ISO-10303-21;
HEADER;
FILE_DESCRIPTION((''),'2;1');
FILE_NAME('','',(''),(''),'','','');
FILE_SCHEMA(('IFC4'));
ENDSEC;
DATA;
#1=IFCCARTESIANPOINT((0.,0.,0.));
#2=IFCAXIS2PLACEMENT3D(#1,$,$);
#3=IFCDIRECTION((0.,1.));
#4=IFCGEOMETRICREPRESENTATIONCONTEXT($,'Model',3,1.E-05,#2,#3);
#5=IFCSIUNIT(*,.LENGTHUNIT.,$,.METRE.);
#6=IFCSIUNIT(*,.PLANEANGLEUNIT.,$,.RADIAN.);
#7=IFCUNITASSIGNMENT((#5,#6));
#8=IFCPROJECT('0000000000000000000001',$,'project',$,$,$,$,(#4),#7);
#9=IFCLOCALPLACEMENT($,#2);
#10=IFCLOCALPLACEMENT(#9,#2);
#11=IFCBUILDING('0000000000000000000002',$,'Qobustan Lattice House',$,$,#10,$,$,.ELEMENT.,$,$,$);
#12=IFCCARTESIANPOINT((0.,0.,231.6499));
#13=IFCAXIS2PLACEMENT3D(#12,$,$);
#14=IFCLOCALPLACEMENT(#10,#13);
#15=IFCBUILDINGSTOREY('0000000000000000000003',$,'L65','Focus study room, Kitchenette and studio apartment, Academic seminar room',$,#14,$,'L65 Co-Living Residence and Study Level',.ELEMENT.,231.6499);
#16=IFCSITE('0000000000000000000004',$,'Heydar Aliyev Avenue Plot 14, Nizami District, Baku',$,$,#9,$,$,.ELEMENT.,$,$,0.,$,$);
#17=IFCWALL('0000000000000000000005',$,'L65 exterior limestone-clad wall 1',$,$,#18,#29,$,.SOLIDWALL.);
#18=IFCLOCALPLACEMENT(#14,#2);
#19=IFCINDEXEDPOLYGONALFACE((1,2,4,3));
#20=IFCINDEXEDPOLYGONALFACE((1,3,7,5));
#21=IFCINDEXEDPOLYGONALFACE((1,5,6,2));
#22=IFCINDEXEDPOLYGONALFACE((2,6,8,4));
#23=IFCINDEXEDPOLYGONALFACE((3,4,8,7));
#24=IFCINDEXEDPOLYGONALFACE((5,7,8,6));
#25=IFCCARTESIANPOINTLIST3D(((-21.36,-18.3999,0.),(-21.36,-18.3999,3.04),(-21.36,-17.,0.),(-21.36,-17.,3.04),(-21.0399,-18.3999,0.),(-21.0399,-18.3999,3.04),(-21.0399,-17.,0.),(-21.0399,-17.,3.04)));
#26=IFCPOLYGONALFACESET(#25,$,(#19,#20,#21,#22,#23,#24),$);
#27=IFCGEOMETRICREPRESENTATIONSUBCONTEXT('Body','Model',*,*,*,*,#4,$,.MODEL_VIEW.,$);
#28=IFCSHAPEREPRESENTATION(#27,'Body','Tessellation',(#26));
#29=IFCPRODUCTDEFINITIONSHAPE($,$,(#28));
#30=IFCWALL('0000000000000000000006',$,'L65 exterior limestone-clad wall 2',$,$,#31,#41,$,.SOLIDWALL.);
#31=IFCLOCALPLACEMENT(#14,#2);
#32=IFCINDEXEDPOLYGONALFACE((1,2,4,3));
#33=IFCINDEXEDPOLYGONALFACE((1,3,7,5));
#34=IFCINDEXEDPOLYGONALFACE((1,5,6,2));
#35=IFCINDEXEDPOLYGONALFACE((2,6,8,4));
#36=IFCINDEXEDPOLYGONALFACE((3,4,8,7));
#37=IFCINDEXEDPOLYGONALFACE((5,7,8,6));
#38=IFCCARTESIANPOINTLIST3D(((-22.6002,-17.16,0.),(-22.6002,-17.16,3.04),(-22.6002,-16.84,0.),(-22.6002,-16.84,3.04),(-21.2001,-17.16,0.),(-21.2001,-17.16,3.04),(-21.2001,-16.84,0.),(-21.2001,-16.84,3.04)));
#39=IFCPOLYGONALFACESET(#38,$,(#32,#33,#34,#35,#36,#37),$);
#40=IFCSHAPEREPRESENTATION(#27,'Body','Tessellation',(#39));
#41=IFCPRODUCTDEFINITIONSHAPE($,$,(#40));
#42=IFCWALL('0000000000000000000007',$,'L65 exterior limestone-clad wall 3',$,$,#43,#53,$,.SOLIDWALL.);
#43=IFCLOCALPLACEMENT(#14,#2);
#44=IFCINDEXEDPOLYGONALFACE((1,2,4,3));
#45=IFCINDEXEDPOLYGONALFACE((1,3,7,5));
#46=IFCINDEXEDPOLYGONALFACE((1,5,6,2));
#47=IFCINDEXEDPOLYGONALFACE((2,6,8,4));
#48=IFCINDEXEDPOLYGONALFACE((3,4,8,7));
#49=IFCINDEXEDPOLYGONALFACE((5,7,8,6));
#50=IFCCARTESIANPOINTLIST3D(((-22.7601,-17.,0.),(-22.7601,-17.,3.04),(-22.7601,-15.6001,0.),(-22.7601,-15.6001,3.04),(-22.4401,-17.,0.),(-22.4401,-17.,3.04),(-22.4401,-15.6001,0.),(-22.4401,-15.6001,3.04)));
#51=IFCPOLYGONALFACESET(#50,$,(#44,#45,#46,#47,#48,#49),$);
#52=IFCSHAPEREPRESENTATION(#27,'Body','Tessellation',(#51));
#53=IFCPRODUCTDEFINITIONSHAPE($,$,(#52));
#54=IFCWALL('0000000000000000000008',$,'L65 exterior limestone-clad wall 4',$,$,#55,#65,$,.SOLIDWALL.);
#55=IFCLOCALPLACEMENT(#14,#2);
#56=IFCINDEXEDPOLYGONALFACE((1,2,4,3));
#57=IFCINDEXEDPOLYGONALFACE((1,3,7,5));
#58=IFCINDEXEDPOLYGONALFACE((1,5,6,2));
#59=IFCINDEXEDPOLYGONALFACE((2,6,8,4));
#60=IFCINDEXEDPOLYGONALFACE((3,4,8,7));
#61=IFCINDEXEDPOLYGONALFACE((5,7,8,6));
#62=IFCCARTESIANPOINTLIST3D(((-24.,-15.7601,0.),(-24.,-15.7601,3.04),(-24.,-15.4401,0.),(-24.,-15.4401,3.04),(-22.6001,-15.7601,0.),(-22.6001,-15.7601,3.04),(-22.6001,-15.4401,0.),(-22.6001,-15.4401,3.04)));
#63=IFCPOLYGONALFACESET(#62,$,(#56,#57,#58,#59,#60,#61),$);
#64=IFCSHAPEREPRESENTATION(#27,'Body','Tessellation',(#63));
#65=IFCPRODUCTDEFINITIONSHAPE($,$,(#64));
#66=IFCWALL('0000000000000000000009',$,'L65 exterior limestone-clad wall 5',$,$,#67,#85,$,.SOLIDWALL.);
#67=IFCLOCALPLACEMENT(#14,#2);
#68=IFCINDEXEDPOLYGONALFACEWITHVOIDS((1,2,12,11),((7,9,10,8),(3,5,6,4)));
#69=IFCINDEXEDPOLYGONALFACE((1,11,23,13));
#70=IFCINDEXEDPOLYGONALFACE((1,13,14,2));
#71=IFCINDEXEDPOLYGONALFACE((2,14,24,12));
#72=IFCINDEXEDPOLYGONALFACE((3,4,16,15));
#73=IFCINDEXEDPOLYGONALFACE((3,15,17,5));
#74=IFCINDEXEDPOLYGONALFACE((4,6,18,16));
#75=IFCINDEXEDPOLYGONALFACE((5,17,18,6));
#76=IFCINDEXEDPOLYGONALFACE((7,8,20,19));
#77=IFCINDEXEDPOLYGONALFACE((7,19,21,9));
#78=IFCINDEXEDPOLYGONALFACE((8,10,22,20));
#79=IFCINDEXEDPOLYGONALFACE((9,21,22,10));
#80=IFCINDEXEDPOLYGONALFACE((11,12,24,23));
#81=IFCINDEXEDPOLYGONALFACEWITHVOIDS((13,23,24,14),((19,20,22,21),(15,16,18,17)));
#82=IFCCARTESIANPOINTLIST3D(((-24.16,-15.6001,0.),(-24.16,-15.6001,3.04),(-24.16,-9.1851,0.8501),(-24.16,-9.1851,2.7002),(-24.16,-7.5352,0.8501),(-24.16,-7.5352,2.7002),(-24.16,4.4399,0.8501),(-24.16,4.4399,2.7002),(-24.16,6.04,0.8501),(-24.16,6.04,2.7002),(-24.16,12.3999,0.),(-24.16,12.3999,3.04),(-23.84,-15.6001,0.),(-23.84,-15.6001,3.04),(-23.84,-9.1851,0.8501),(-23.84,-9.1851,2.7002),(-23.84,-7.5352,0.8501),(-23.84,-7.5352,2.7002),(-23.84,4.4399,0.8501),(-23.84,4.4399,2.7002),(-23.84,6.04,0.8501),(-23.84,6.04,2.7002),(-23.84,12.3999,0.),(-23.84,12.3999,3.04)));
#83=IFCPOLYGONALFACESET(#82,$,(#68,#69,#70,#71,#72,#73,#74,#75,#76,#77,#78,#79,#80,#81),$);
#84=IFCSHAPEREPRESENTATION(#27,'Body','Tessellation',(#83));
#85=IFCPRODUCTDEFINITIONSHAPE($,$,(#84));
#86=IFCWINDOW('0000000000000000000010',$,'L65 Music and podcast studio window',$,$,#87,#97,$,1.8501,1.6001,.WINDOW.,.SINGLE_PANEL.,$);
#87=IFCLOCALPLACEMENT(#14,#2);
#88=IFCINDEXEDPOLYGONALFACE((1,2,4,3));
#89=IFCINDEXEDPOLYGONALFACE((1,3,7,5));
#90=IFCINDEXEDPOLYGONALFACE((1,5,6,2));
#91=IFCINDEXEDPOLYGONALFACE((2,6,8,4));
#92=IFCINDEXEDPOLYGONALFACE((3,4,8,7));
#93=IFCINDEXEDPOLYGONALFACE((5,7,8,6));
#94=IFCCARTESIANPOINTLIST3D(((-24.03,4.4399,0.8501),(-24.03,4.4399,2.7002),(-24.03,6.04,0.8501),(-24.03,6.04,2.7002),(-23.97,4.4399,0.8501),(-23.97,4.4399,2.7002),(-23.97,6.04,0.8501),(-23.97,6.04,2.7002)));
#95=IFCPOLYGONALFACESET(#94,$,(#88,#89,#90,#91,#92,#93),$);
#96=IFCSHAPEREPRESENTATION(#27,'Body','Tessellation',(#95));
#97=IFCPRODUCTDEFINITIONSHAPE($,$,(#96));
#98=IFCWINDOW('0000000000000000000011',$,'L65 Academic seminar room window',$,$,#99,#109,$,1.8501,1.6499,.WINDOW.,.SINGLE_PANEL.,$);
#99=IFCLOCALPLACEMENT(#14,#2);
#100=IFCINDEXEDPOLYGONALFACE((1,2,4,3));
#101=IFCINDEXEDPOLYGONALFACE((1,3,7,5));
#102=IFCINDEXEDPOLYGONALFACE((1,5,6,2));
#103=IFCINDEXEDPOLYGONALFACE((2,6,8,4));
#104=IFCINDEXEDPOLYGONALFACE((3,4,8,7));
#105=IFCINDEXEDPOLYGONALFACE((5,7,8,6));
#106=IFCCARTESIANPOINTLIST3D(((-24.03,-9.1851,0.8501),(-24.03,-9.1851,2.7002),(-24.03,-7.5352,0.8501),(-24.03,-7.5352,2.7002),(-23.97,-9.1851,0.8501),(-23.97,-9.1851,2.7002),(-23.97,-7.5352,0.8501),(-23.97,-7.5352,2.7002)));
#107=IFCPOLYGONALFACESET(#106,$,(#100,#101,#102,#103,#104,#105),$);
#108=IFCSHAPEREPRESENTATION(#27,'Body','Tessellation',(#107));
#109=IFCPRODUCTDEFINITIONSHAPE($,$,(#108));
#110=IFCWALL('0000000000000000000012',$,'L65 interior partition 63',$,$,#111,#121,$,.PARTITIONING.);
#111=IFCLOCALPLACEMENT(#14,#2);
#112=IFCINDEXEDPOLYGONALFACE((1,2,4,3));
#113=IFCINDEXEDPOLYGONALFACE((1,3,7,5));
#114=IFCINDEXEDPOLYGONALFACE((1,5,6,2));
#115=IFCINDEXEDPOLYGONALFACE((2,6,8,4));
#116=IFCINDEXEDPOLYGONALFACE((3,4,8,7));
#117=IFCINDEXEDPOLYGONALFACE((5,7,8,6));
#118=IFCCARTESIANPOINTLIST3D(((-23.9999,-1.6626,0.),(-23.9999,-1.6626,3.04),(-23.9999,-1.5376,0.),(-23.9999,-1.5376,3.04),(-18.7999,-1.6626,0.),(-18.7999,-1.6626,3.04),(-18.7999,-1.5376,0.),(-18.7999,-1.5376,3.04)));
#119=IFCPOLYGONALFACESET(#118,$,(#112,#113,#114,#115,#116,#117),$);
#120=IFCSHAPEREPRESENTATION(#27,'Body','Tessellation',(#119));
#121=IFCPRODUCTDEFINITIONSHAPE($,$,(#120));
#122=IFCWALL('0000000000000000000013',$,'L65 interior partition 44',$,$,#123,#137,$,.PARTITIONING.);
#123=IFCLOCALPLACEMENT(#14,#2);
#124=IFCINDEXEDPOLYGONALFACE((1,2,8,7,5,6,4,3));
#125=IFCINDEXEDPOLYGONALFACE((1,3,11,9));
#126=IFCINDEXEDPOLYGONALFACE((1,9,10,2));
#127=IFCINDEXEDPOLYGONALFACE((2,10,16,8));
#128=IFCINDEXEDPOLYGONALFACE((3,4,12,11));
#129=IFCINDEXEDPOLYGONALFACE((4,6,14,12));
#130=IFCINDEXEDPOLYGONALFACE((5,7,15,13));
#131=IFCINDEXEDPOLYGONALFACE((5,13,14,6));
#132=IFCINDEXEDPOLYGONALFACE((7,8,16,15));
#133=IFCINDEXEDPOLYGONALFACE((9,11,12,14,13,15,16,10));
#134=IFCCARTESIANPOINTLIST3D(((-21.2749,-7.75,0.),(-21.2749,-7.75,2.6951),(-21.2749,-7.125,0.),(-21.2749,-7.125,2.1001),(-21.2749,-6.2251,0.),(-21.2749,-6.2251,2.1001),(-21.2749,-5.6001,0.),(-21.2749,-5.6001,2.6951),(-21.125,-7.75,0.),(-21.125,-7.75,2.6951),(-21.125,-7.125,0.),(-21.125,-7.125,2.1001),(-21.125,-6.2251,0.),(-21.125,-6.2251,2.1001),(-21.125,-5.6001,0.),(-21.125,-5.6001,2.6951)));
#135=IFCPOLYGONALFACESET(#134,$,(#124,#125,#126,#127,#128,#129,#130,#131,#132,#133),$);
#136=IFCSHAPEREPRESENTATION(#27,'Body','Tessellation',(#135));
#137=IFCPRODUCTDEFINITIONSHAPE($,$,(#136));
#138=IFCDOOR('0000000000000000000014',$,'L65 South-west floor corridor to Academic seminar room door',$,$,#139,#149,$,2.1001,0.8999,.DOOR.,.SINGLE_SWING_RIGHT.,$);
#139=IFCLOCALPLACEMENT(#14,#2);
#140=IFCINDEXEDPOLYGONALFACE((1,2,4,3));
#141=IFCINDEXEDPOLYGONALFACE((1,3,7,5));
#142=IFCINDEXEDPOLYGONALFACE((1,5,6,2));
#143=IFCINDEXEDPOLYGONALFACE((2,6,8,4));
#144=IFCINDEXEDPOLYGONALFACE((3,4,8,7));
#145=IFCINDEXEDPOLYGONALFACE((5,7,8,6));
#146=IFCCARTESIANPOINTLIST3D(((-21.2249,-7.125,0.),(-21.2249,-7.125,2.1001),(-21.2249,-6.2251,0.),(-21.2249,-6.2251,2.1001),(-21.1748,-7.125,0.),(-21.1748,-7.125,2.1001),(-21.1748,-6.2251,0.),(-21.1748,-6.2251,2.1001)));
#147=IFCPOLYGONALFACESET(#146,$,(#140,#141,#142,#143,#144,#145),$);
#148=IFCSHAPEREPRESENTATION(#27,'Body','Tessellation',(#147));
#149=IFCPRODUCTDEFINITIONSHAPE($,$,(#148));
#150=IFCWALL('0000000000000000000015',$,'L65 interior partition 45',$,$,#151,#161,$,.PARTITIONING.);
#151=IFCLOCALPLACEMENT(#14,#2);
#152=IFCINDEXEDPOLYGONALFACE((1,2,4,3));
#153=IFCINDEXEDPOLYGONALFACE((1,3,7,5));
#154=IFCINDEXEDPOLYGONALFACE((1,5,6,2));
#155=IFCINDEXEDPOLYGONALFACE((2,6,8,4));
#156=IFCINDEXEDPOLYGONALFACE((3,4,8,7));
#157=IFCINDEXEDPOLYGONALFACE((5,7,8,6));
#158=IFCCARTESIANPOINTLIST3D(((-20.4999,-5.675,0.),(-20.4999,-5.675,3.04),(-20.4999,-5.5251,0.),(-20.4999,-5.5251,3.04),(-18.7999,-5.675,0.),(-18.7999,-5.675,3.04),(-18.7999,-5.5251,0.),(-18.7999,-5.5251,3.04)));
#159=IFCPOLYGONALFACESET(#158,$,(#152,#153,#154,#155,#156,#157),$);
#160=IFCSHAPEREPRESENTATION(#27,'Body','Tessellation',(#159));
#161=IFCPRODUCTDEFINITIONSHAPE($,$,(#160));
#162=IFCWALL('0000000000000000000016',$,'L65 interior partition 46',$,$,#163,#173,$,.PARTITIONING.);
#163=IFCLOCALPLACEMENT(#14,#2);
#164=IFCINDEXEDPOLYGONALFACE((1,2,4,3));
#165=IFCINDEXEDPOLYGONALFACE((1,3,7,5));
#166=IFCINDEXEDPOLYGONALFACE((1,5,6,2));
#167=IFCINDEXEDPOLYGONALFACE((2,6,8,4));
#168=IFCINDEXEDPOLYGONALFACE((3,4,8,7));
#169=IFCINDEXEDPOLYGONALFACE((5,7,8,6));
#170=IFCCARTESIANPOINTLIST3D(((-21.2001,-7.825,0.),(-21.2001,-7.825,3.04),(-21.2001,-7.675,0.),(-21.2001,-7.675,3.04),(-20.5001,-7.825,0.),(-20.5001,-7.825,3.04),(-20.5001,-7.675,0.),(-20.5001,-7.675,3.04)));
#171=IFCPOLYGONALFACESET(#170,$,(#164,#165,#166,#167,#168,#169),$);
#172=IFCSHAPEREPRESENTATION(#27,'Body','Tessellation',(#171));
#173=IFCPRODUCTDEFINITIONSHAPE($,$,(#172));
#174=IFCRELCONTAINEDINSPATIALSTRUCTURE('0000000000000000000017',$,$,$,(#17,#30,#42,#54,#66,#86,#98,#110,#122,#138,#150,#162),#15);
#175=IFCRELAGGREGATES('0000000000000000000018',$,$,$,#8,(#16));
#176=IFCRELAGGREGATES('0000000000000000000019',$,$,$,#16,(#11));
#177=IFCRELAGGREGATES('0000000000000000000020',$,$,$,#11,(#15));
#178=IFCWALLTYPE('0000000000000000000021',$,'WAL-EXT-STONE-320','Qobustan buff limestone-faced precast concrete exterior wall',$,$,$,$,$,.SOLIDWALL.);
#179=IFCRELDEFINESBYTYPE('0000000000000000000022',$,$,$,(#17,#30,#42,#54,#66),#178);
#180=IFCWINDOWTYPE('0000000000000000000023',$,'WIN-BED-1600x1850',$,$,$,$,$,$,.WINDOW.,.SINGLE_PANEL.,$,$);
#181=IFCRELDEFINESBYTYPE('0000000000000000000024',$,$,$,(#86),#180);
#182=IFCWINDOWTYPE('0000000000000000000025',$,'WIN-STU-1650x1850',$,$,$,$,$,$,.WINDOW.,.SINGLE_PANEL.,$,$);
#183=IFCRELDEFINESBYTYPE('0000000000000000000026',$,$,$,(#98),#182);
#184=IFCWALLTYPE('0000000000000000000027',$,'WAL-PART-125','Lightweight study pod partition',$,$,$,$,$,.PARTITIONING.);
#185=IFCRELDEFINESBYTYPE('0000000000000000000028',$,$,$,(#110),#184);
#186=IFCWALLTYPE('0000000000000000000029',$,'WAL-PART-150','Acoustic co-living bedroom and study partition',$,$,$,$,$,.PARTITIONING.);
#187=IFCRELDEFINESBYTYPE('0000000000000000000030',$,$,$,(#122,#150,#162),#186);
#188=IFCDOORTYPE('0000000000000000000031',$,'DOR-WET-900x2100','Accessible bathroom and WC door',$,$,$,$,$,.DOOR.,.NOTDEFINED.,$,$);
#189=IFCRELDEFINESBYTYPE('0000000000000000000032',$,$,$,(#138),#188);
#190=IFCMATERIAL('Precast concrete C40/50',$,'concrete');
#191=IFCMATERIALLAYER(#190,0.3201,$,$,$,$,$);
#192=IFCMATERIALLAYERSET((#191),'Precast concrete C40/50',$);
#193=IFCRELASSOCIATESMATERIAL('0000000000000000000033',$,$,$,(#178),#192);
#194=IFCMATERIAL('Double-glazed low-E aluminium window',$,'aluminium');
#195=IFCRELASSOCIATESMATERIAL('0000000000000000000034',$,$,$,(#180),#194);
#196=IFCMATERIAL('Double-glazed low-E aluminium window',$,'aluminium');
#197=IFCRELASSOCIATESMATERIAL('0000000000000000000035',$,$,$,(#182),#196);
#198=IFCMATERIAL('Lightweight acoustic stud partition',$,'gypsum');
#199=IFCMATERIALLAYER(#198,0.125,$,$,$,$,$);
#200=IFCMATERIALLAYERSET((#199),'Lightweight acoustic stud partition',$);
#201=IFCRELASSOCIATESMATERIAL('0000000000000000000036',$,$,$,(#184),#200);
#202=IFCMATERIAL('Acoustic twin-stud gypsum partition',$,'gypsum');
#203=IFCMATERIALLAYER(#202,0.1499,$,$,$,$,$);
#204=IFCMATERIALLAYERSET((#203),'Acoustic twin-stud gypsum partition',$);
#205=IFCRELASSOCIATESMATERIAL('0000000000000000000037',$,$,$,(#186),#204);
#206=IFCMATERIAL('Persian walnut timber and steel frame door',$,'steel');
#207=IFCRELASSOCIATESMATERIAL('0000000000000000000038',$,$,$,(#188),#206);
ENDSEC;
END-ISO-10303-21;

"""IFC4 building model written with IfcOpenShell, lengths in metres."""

from ifc_helpers import new_model, si_unit, direction, frame, frame_2d, origin, place, context, subcontext, project, spatial, rectangle, extrude, material, layer, layer_set, type_object, element, fill, save


model = new_model("IFC4")

# Units and contexts
model_context = context("Model", 3, precision=1e-05, world=origin(), true_north=direction((0.0, 1.0)))
body_context = subcontext(model_context, "Body", "Model", "MODEL_VIEW")
ifc_project = project(units=[si_unit("LENGTHUNIT", "METRE"), si_unit("PLANEANGLEUNIT", "RADIAN")], contexts=[model_context])

# Site, building, storey
site_placement = place(None, origin())
site = spatial("IfcSite", under=ifc_project, at=site_placement, Name="Heydar Aliyev Avenue Plot 14, Nizami District, Baku", CompositionType="ELEMENT", RefElevation=0.0)
building_placement = place(site_placement, origin())
building = spatial("IfcBuilding", under=site, at=building_placement, Name="Qobustan Lattice House", CompositionType="ELEMENT")
storey_placement = place(building_placement, frame((0.0, 0.0, 231.6499)))
storey = spatial("IfcBuildingStorey", under=building, at=storey_placement, Name="L65", Description="Focus study room, Kitchenette and studio apartment, Academic seminar room", LongName="L65 Co-Living Residence and Study Level", CompositionType="ELEMENT", Elevation=231.6499)

# Walls
ifc_material_1 = material(Name="Precast concrete C40/50", Category="concrete")
ifc_layer_1 = layer(ifc_material_1, 0.3201)
ifc_layer_set_1 = layer_set([ifc_layer_1], Name="Precast concrete C40/50")
wall_type_1 = type_object("IfcWallType", Name="WAL-EXT-STONE-320", Description="Qobustan buff limestone-faced precast concrete exterior wall", PredefinedType="SOLIDWALL", material=ifc_layer_set_1)
wall_1_placement = place(storey_placement, frame((-21.2, -18.3999, 0.0), z_axis=(0.0, 0.0, 1.0), x_axis=(0.0, 1.0, 0.0)))
element("IfcWall", 1, at=wall_1_placement, inside=storey, type_object=wall_type_1, Name="L65 exterior limestone-clad wall 1", PredefinedType="SOLIDWALL", context=body_context, shape_type="SweptSolid", body=[
    extrude(rectangle(XDim=1.3999, YDim=0.3201, at=frame_2d((0.7, 0.0))), origin(), (0.0, 0.0, 1.0), 3.04),
])
wall_2_placement = place(storey_placement, frame((-21.2, -17.0, 0.0), z_axis=(0.0, 0.0, 1.0), x_axis=(-1.0, 0.0, 0.0)))
element("IfcWall", 2, at=wall_2_placement, inside=storey, type_object=wall_type_1, Name="L65 exterior limestone-clad wall 2", PredefinedType="SOLIDWALL", context=body_context, shape_type="SweptSolid", body=[
    extrude(rectangle(XDim=1.4001, YDim=0.3201, at=frame_2d((0.7002, 0.0))), origin(), (0.0, 0.0, 1.0), 3.04),
])
for number, where, z_axis, x_axis, name in (
    (3, (-22.6001, -17.0, 0.0), (0.0, 0.0, 1.0), (0.0, 1.0, 0.0), "L65 exterior limestone-clad wall 3"),
    (4, (-22.6001, -15.6001, 0.0), (0.0, 0.0, 1.0), (-1.0, 0.0, 0.0), "L65 exterior limestone-clad wall 4"),
):
    element("IfcWall", number, at=place(storey_placement, frame(where, z_axis=z_axis, x_axis=x_axis)), inside=storey, type_object=wall_type_1, Name=name, PredefinedType="SOLIDWALL", context=body_context, shape_type="SweptSolid", body=[
        extrude(rectangle(XDim=1.3999, YDim=0.3201, at=frame_2d((0.7, 0.0))), origin(), (0.0, 0.0, 1.0), 3.04),
    ])

# Wall, openings, windows
wall_3_placement = place(storey_placement, frame((-24.0, -15.6001, 0.0), z_axis=(0.0, 0.0, 1.0), x_axis=(0.0, 1.0, 0.0)))
wall_3 = element("IfcWall", 5, at=wall_3_placement, inside=storey, type_object=wall_type_1, Name="L65 exterior limestone-clad wall 5", PredefinedType="SOLIDWALL", context=body_context, shape_type="SweptSolid", body=[
    extrude(rectangle(XDim=28.0, YDim=0.3201, at=frame_2d((14.0, 0.0))), origin(), (0.0, 0.0, 1.0), 3.04),
])
opening_1_placement = place(wall_3_placement, frame((6.415, 0.0, 0.8501)))
opening_1 = element("IfcOpeningElement", 6, at=opening_1_placement, cuts=wall_3, PredefinedType="OPENING", context=body_context, shape_type="SweptSolid", body=[
    extrude(rectangle(XDim=1.6499, YDim=1.8501, at=frame_2d((0.825, 0.925))), frame((0.0, 0.1699, 0.0), z_axis=(0.0, -1.0, 0.0), x_axis=(1.0, 0.0, 0.0)), (0.0, 0.0, 1.0), 0.3401),
])
opening_2_placement = place(wall_3_placement, frame((20.04, 0.0, 0.8501)))
opening_2 = element("IfcOpeningElement", 7, at=opening_2_placement, cuts=wall_3, PredefinedType="OPENING", context=body_context, shape_type="SweptSolid", body=[
    extrude(rectangle(XDim=1.6001, YDim=1.8501, at=frame_2d((0.8, 0.925))), frame((0.0, 0.1699, 0.0), z_axis=(0.0, -1.0, 0.0), x_axis=(1.0, 0.0, 0.0)), (0.0, 0.0, 1.0), 0.3401),
])
ifc_material_2 = material(Name="Double-glazed low-E aluminium window", Category="aluminium")
window_type_1 = type_object("IfcWindowType", Name="WIN-BED-1600x1850", PartitioningType="SINGLE_PANEL", PredefinedType="WINDOW", material=ifc_material_2)
window_1_placement = place(opening_2_placement, origin())
window_1 = element("IfcWindow", 8, at=window_1_placement, inside=storey, type_object=window_type_1, Name="L65 Music and podcast studio window", OverallHeight=1.8501, OverallWidth=1.6001, PartitioningType="SINGLE_PANEL", PredefinedType="WINDOW", context=body_context, shape_type="SweptSolid", body=[
    extrude(rectangle(XDim=1.6001, YDim=1.8501, at=frame_2d((0.8, 0.925))), frame((0.0, 0.03, 0.0), z_axis=(0.0, -1.0, 0.0), x_axis=(1.0, 0.0, 0.0)), (0.0, 0.0, 1.0), 0.0601),
])
fill(opening_2, window_1)
ifc_material_3 = material(Name="Double-glazed low-E aluminium window", Category="aluminium")
window_type_2 = type_object("IfcWindowType", Name="WIN-STU-1650x1850", PartitioningType="SINGLE_PANEL", PredefinedType="WINDOW", material=ifc_material_3)
window_2_placement = place(opening_1_placement, origin())
window_2 = element("IfcWindow", 9, at=window_2_placement, inside=storey, type_object=window_type_2, Name="L65 Academic seminar room window", OverallHeight=1.8501, OverallWidth=1.6499, PartitioningType="SINGLE_PANEL", PredefinedType="WINDOW", context=body_context, shape_type="SweptSolid", body=[
    extrude(rectangle(XDim=1.6499, YDim=1.8501, at=frame_2d((0.825, 0.925))), frame((0.0, 0.03, 0.0), z_axis=(0.0, -1.0, 0.0), x_axis=(1.0, 0.0, 0.0)), (0.0, 0.0, 1.0), 0.0601),
])
fill(opening_1, window_2)

# Wall
ifc_material_4 = material(Name="Lightweight acoustic stud partition", Category="gypsum")
ifc_layer_2 = layer(ifc_material_4, 0.125)
ifc_layer_set_2 = layer_set([ifc_layer_2], Name="Lightweight acoustic stud partition")
wall_type_2 = type_object("IfcWallType", Name="WAL-PART-125", Description="Lightweight study pod partition", PredefinedType="PARTITIONING", material=ifc_layer_set_2)
wall_4_placement = place(storey_placement, frame((-24.0, -1.6001, 0.0), z_axis=(0.0, 0.0, 1.0), x_axis=(1.0, 0.0, 0.0)))
element("IfcWall", 10, at=wall_4_placement, inside=storey, type_object=wall_type_2, Name="L65 interior partition 63", PredefinedType="PARTITIONING", context=body_context, shape_type="SweptSolid", body=[
    extrude(rectangle(XDim=5.2, YDim=0.125, at=frame_2d((2.6001, 0.0))), origin(), (0.0, 0.0, 1.0), 3.04),
])

# Wall, opening, door
ifc_material_5 = material(Name="Acoustic twin-stud gypsum partition", Category="gypsum")
ifc_layer_3 = layer(ifc_material_5, 0.1499)
ifc_layer_set_3 = layer_set([ifc_layer_3], Name="Acoustic twin-stud gypsum partition")
wall_type_3 = type_object("IfcWallType", Name="WAL-PART-150", Description="Acoustic co-living bedroom and study partition", PredefinedType="PARTITIONING", material=ifc_layer_set_3)
wall_5_placement = place(storey_placement, frame((-21.2, -7.75, 0.0), z_axis=(0.0, 0.0, 1.0), x_axis=(0.0, 1.0, 0.0)))
wall_5 = element("IfcWall", 11, at=wall_5_placement, inside=storey, type_object=wall_type_3, Name="L65 interior partition 44", PredefinedType="PARTITIONING", context=body_context, shape_type="SweptSolid", body=[
    extrude(rectangle(XDim=2.1499, YDim=0.1499, at=frame_2d((1.075, 0.0))), origin(), (0.0, 0.0, 1.0), 2.6951),
])
opening_3_placement = place(wall_5_placement, frame((0.625, 0.0, 0.0)))
opening_3 = element("IfcOpeningElement", 12, at=opening_3_placement, cuts=wall_5, PredefinedType="OPENING", context=body_context, shape_type="SweptSolid", body=[
    extrude(rectangle(XDim=0.8999, YDim=2.1001, at=frame_2d((0.45, 1.05))), frame((0.0, 0.085, 0.0), z_axis=(0.0, -1.0, 0.0), x_axis=(1.0, 0.0, 0.0)), (0.0, 0.0, 1.0), 0.1699),
])
ifc_material_6 = material(Name="Persian walnut timber and steel frame door", Category="steel")
door_type_1 = type_object("IfcDoorType", Name="DOR-WET-900x2100", Description="Accessible bathroom and WC door", OperationType="NOTDEFINED", PredefinedType="DOOR", material=ifc_material_6)
door_1_placement = place(opening_3_placement, origin())
door_1 = element("IfcDoor", 13, at=door_1_placement, inside=storey, type_object=door_type_1, Name="L65 South-west floor corridor to Academic seminar room door", OperationType="SINGLE_SWING_RIGHT", OverallHeight=2.1001, OverallWidth=0.8999, PredefinedType="DOOR", context=body_context, shape_type="SweptSolid", body=[
    extrude(rectangle(XDim=0.8999, YDim=2.1001, at=frame_2d((0.45, 1.05))), frame((0.0, 0.0249, 0.0), z_axis=(0.0, -1.0, 0.0), x_axis=(1.0, 0.0, 0.0)), (0.0, 0.0, 1.0), 0.05),
])
fill(opening_3, door_1)

# Walls
wall_6_placement = place(storey_placement, frame((-20.5, -5.6001, 0.0), z_axis=(0.0, 0.0, 1.0), x_axis=(1.0, 0.0, 0.0)))
element("IfcWall", 14, at=wall_6_placement, inside=storey, type_object=wall_type_3, Name="L65 interior partition 45", PredefinedType="PARTITIONING", context=body_context, shape_type="SweptSolid", body=[
    extrude(rectangle(XDim=1.7, YDim=0.1499, at=frame_2d((0.8501, 0.0))), origin(), (0.0, 0.0, 1.0), 3.04),
])
for number, where, z_axis, x_axis, name in (
    (15, (-20.5, -7.75, 0.0), (0.0, 0.0, 1.0), (-1.0, 0.0, 0.0), "L65 interior partition 46"),
):
    element("IfcWall", number, at=place(storey_placement, frame(where, z_axis=z_axis, x_axis=x_axis)), inside=storey, type_object=wall_type_3, Name=name, PredefinedType="PARTITIONING", context=body_context, shape_type="SweptSolid", body=[
        extrude(rectangle(XDim=0.7, YDim=0.1499, at=frame_2d((0.3501, 0.0))), origin(), (0.0, 0.0, 1.0), 3.04),
    ])

save(model, "model.ifc")
